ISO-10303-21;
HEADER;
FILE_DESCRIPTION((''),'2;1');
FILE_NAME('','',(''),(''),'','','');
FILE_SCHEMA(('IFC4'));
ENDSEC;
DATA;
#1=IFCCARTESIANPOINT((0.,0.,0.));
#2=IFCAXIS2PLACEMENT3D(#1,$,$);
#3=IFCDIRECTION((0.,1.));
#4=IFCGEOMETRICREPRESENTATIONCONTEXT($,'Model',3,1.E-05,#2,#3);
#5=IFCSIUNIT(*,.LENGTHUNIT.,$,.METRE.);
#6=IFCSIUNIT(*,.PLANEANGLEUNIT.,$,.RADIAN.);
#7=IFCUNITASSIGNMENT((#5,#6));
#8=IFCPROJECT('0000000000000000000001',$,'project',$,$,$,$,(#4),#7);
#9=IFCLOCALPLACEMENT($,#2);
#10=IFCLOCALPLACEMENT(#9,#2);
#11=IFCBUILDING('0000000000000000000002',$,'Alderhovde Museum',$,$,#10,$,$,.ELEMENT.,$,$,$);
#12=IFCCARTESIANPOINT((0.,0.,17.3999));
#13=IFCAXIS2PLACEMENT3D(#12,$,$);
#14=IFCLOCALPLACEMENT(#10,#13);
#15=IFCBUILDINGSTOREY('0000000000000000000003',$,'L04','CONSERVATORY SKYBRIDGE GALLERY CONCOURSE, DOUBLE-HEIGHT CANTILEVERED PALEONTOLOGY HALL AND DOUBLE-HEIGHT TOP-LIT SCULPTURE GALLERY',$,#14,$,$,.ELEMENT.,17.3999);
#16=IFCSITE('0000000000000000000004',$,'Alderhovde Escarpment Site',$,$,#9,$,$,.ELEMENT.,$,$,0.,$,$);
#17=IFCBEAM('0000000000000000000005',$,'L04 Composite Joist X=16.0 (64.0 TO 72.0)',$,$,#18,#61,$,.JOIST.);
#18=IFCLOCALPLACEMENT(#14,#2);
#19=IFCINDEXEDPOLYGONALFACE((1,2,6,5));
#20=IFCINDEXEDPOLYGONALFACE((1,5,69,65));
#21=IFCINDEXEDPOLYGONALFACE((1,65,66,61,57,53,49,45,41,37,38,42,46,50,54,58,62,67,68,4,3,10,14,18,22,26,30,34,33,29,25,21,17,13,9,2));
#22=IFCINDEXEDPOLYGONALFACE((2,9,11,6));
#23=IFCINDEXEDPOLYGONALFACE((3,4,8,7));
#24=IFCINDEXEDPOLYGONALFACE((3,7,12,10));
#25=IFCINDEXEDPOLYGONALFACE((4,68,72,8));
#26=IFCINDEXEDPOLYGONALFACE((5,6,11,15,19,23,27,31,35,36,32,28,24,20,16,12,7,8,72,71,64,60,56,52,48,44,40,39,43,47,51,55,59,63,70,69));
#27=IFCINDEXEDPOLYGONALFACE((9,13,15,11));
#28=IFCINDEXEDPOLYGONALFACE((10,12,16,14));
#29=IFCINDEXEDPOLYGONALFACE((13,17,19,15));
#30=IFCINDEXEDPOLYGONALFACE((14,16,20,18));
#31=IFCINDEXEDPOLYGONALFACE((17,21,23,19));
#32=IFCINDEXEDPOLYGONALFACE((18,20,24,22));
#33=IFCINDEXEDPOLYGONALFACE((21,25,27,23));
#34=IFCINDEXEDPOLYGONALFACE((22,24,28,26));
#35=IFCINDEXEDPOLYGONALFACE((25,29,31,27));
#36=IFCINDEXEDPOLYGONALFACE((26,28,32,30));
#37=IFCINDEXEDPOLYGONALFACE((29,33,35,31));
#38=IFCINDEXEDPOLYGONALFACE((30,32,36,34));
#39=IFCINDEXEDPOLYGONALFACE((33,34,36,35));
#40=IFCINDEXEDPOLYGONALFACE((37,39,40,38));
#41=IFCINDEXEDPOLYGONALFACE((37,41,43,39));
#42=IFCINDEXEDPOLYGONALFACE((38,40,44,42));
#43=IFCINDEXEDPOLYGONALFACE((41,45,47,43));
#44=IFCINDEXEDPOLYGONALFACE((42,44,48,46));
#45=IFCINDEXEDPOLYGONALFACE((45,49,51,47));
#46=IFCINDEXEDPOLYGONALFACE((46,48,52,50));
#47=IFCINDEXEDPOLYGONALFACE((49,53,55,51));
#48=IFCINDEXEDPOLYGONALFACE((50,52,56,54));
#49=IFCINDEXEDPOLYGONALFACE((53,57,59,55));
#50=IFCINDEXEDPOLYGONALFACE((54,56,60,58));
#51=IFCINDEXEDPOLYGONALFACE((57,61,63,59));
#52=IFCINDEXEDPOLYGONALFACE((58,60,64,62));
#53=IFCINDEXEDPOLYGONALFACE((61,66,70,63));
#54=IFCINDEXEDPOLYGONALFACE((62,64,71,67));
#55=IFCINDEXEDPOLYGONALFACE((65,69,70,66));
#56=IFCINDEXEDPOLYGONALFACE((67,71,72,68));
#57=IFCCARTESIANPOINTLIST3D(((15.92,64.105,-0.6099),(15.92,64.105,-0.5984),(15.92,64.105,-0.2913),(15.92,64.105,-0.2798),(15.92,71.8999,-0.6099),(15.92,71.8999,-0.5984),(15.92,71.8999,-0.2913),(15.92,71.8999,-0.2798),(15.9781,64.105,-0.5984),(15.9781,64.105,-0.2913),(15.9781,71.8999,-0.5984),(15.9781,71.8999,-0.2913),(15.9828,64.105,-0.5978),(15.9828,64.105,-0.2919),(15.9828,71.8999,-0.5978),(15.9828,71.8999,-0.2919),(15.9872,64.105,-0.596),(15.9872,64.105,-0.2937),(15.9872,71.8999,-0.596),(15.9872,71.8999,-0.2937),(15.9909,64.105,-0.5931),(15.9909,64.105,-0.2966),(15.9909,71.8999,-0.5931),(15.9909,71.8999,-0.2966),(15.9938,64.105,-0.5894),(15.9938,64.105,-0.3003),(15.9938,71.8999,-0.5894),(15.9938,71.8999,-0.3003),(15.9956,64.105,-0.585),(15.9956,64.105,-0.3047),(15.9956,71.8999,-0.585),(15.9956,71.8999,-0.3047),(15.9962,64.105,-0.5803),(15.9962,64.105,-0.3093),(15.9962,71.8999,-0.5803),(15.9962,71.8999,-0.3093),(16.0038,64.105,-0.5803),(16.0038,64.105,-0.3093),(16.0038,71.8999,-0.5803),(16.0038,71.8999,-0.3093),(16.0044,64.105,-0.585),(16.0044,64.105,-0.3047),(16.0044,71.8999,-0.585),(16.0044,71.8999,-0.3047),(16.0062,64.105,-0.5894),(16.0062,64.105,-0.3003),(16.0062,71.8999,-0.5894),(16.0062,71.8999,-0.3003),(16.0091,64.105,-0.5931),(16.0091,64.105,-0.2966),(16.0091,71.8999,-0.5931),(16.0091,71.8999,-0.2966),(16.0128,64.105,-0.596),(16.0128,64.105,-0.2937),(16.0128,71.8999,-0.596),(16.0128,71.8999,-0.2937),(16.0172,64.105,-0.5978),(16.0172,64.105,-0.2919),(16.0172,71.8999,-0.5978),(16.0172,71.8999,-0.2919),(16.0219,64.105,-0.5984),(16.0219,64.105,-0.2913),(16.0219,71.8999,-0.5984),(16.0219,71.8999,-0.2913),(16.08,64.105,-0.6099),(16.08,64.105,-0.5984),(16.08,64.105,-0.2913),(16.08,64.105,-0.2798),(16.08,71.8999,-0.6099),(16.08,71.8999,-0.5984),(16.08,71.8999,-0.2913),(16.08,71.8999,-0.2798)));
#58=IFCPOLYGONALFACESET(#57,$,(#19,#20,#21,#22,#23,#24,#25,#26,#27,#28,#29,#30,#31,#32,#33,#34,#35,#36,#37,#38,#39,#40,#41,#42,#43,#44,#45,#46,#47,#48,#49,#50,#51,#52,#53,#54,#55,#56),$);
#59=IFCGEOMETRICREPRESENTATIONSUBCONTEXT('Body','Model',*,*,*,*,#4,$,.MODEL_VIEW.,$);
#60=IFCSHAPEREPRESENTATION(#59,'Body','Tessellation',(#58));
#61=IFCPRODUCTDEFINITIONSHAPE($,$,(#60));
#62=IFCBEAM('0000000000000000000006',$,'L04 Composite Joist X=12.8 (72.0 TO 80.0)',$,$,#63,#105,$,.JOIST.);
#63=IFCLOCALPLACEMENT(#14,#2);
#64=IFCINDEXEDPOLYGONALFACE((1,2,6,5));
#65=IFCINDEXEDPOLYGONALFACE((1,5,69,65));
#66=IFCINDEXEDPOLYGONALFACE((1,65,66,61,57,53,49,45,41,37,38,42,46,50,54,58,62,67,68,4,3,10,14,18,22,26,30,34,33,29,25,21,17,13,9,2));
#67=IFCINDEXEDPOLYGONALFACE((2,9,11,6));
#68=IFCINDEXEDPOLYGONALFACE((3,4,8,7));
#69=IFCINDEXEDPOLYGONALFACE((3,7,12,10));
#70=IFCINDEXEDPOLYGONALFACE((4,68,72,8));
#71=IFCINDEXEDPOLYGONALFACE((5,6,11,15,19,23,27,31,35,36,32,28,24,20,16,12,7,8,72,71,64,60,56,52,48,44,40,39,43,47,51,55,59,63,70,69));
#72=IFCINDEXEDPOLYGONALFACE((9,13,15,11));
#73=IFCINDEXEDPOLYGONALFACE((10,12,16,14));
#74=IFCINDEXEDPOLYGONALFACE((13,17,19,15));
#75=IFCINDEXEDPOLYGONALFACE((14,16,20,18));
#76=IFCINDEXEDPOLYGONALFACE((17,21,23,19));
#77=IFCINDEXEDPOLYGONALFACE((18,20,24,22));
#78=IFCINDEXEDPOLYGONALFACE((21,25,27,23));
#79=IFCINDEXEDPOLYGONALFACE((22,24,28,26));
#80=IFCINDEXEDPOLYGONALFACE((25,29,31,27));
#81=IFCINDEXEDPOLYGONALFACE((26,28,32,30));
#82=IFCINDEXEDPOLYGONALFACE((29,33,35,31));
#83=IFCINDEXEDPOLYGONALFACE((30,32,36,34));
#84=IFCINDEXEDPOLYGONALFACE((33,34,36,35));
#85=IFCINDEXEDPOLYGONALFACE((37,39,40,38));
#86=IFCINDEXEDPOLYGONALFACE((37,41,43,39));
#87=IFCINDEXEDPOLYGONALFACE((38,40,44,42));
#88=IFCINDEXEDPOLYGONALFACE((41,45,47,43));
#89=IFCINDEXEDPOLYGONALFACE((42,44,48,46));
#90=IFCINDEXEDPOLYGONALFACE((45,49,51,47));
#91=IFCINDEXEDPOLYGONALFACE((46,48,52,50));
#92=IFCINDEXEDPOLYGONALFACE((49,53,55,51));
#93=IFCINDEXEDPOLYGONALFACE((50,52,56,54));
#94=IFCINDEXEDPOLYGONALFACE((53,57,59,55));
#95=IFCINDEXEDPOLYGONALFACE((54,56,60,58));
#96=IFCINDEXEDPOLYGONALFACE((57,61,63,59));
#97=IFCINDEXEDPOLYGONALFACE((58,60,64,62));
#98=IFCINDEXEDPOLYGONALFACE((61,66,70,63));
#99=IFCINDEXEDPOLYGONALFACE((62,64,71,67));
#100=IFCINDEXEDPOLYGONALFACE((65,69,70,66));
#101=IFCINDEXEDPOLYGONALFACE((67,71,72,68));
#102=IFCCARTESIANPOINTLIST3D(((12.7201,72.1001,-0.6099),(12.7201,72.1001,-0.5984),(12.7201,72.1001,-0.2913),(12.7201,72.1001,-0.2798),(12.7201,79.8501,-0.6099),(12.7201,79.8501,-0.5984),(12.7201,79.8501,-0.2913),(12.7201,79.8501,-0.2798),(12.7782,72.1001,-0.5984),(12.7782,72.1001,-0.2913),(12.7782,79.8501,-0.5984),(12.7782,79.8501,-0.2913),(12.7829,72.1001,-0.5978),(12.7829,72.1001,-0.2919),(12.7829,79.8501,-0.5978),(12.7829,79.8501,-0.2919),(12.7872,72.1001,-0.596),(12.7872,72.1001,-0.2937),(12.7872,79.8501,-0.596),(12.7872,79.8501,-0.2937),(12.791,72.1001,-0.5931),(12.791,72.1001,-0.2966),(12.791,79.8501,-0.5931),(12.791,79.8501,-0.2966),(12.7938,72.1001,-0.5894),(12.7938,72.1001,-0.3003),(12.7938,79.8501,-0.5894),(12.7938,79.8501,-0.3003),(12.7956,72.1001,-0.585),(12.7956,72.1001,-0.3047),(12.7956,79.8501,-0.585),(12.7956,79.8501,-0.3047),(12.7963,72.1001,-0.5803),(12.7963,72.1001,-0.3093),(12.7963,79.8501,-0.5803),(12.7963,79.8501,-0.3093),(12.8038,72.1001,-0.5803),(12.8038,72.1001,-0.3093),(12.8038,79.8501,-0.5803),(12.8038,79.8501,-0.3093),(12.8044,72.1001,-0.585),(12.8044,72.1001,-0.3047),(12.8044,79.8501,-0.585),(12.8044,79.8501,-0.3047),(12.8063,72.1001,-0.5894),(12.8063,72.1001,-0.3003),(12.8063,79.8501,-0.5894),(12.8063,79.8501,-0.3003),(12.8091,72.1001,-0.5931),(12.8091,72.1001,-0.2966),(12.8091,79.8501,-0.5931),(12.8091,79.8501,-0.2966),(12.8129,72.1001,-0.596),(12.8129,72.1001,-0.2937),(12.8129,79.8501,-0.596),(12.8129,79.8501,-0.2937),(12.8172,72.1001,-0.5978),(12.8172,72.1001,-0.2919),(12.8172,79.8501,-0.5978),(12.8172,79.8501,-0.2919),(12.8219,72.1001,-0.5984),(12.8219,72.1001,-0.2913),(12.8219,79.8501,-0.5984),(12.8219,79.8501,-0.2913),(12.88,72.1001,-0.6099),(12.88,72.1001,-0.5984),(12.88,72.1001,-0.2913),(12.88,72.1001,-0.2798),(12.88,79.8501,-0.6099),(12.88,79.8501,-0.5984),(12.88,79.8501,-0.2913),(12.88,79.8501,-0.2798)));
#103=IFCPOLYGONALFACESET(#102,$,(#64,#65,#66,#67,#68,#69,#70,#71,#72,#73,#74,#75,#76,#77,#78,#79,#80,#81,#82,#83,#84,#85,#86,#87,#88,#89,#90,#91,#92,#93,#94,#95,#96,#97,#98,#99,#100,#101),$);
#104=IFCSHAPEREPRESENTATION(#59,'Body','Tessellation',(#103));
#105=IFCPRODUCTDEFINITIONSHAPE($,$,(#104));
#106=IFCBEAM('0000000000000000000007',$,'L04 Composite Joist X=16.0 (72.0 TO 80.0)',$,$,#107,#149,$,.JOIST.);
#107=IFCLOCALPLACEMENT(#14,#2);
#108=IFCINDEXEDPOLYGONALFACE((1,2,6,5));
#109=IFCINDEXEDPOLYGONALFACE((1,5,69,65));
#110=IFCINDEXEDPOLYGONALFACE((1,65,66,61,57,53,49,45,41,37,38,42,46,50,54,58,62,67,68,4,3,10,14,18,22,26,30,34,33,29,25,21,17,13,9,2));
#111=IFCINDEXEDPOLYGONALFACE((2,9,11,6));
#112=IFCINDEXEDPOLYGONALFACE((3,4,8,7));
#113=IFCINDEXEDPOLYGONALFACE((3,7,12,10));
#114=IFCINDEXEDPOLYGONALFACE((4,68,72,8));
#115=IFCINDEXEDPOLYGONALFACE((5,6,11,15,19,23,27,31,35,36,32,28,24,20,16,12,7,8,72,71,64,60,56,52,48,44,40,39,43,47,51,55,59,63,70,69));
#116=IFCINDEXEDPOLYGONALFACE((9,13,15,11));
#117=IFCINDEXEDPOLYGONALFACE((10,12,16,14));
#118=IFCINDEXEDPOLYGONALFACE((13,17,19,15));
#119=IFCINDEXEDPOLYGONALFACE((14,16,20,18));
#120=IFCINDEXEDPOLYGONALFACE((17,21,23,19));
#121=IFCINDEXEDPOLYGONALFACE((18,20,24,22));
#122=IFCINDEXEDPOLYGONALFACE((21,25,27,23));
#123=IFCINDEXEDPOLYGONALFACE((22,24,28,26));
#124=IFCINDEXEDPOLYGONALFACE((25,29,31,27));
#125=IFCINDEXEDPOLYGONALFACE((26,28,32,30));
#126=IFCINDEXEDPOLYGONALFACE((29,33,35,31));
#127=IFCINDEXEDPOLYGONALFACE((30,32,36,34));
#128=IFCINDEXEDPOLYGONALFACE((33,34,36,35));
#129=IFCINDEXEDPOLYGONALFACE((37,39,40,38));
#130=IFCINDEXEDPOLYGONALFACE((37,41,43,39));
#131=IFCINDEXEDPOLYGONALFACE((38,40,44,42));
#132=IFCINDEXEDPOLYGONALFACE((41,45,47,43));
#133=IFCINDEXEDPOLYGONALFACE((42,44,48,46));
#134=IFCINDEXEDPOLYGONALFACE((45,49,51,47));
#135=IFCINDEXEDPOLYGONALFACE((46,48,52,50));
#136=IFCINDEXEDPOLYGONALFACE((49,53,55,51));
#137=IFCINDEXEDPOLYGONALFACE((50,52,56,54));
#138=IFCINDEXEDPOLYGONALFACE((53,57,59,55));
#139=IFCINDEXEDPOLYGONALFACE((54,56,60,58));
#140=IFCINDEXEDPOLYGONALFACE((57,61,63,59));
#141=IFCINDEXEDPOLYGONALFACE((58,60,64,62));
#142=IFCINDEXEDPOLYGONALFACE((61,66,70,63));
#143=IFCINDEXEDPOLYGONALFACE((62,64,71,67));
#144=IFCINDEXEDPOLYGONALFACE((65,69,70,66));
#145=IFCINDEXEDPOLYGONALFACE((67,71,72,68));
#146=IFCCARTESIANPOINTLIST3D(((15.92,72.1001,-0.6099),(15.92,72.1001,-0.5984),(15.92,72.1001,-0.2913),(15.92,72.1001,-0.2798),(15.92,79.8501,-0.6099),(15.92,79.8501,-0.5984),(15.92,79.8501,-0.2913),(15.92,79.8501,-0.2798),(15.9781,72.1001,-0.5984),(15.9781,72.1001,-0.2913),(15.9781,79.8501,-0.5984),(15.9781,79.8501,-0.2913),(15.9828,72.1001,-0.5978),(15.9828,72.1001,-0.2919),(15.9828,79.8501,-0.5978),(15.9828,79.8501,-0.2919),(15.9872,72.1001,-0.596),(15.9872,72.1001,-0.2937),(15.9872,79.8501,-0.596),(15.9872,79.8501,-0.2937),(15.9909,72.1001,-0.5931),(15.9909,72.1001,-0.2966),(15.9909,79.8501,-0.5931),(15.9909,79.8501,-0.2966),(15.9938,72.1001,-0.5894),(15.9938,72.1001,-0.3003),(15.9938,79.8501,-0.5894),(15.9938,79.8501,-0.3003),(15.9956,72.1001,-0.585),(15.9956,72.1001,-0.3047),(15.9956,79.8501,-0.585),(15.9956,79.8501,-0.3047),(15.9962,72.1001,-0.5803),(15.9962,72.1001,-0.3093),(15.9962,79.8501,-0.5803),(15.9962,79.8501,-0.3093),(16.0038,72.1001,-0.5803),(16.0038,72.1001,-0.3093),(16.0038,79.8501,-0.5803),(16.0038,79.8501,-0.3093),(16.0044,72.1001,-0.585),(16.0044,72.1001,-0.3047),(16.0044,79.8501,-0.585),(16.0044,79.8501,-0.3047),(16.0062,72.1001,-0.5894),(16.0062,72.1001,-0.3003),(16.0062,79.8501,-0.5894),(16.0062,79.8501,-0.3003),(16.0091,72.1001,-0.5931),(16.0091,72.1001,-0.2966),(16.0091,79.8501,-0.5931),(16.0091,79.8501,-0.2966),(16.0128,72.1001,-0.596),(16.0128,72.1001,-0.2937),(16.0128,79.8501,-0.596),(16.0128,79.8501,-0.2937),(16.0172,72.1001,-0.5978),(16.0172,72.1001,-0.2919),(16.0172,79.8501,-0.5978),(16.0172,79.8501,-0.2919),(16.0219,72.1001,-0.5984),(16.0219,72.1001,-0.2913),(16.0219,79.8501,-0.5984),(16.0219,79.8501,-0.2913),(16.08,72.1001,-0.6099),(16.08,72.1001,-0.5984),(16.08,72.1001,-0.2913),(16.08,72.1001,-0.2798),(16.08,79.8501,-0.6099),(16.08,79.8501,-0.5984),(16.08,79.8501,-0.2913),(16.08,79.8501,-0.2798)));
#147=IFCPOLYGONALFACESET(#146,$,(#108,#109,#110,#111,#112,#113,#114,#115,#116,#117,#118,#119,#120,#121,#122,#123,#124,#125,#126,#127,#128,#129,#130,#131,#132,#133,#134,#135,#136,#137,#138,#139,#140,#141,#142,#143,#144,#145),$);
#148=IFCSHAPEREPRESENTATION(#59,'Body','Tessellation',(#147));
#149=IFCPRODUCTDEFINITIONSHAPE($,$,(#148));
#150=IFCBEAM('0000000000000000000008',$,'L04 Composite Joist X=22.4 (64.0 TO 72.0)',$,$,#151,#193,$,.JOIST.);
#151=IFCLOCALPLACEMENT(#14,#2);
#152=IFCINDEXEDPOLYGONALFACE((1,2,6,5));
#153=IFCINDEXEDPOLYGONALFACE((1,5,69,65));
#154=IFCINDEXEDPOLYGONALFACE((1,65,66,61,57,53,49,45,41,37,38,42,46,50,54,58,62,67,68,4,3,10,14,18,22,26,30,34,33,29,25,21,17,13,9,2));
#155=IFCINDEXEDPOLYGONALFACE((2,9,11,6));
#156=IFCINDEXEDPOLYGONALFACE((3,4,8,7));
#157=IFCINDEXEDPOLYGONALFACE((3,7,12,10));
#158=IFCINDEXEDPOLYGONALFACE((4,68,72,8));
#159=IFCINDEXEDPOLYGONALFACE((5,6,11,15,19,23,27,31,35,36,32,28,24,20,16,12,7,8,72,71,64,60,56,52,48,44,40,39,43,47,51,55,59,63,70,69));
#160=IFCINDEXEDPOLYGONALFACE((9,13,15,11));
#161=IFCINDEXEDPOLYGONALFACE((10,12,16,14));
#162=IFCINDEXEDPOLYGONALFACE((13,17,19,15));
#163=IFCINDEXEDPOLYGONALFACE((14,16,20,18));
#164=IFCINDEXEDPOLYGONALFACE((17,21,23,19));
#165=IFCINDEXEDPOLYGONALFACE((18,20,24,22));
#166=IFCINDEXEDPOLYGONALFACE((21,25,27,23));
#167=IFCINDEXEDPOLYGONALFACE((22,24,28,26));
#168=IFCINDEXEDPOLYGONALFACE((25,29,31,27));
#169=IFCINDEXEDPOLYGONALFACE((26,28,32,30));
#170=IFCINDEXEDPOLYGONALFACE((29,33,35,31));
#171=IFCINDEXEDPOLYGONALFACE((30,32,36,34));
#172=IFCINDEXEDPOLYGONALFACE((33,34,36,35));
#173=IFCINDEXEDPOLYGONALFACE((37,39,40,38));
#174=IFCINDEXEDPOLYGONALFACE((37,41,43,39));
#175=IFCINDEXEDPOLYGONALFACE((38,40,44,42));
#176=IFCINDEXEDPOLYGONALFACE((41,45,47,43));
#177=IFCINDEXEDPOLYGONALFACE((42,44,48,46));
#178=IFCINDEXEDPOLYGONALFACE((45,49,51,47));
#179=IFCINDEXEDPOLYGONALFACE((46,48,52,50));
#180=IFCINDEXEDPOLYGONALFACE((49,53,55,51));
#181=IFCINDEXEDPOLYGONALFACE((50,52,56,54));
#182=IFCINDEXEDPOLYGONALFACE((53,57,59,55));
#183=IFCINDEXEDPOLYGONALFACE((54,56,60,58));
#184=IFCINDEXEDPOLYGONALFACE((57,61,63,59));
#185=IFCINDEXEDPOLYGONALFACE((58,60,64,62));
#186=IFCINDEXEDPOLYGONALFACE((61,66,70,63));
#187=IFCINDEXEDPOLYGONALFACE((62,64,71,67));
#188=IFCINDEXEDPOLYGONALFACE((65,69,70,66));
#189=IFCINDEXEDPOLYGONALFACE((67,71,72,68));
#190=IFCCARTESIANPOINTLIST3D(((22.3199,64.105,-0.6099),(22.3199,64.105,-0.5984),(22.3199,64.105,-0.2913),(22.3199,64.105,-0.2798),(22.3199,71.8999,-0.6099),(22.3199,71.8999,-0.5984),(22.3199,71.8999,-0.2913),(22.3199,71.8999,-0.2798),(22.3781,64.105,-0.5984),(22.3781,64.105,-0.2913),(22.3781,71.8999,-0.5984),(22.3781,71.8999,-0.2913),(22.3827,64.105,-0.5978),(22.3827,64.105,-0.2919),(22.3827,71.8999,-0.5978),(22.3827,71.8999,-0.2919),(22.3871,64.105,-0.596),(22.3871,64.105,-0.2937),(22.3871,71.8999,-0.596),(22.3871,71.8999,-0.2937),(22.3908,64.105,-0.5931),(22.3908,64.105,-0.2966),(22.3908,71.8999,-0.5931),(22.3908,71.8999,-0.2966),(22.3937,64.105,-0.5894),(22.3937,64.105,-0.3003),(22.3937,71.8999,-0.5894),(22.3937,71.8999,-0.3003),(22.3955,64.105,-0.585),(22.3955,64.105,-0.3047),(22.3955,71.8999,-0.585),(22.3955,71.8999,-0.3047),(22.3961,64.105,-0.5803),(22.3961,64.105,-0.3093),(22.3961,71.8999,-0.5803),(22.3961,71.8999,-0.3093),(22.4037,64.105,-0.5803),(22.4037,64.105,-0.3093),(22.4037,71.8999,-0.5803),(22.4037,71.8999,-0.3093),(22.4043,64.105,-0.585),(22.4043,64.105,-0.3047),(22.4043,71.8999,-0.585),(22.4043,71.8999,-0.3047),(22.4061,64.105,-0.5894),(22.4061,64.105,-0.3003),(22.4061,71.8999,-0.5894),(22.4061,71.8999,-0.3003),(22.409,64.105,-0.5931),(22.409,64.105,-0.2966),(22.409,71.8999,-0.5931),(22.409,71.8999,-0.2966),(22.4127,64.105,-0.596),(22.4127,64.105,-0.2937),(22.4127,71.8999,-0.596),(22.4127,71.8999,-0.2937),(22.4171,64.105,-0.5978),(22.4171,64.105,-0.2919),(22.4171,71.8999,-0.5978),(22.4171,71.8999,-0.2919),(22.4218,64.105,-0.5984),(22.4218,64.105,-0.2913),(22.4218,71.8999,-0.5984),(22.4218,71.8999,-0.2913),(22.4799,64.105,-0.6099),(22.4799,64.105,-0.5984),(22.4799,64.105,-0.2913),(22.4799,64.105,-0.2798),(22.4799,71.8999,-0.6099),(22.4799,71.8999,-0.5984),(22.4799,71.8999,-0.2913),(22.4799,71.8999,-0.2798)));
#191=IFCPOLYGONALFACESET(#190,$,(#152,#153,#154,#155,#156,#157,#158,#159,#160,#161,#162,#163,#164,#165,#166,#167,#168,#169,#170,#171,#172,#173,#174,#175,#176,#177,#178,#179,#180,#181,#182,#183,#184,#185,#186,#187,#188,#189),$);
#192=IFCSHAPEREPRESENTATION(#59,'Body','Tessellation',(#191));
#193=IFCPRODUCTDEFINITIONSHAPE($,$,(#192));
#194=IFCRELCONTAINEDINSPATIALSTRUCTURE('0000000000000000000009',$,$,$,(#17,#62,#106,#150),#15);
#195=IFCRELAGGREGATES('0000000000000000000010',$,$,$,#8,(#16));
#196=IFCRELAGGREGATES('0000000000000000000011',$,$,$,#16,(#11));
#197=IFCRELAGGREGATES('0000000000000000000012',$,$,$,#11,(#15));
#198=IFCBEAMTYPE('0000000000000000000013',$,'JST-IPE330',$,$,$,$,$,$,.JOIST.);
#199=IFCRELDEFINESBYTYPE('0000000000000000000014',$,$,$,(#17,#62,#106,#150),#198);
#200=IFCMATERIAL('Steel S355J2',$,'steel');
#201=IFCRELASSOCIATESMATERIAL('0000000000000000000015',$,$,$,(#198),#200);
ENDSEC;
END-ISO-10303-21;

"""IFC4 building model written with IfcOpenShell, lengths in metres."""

from ifc_helpers import new_model, si_unit, direction, frame, origin, origin_2d, place, context, subcontext, project, spatial, i_section, extrude, material, material_profile, profile_set, type_object, element, save


model = new_model("IFC4")

# Units and contexts
model_context = context("Model", 3, precision=1e-05, world=origin(), true_north=direction((0.0, 1.0)))
body_context = subcontext(model_context, "Body", "Model", "MODEL_VIEW")
ifc_project = project(units=[si_unit("LENGTHUNIT", "METRE"), si_unit("PLANEANGLEUNIT", "RADIAN")], contexts=[model_context])

# Site, building, storey
site_placement = place(None, origin())
site = spatial("IfcSite", under=ifc_project, at=site_placement, Name="Alderhovde Escarpment Site", CompositionType="ELEMENT", RefElevation=0.0)
building_placement = place(site_placement, origin())
building = spatial("IfcBuilding", under=site, at=building_placement, Name="Alderhovde Museum", CompositionType="ELEMENT")
storey_placement = place(building_placement, frame((0.0, 0.0, 17.3999)))
storey = spatial("IfcBuildingStorey", under=building, at=storey_placement, Name="L04", Description="CONSERVATORY SKYBRIDGE GALLERY CONCOURSE, DOUBLE-HEIGHT CANTILEVERED PALEONTOLOGY HALL AND DOUBLE-HEIGHT TOP-LIT SCULPTURE GALLERY", CompositionType="ELEMENT", Elevation=17.3999)

# Beams
ifc_material_1 = material(Name="Steel S355J2", Category="steel")
ifc_material_profile_1 = material_profile(ifc_material_1, i_section(OverallWidth=0.1599, OverallDepth=0.3301, WebThickness=0.0076, FlangeThickness=0.0115, FilletRadius=0.0181, at=origin_2d()), Name="IPE 330")
ifc_profile_set_1 = profile_set([ifc_material_profile_1], Name="Steel S355J2")
beam_type_1 = type_object("IfcBeamType", Name="JST-IPE330", PredefinedType="JOIST", material=ifc_profile_set_1)
beam_1_placement = place(storey_placement, frame((16.0, 64.105, -0.4448), z_axis=(0.0, 1.0, 0.0), x_axis=(-1.0, 0.0, 0.0)))
element("IfcBeam", 1, at=beam_1_placement, inside=storey, type_object=beam_type_1, Name="L04 Composite Joist X=16.0 (64.0 TO 72.0)", PredefinedType="JOIST", context=body_context, shape_type="SweptSolid", body=[
    extrude(i_section(OverallWidth=0.1599, OverallDepth=0.3301, WebThickness=0.0076, FlangeThickness=0.0115, FilletRadius=0.0181, at=origin_2d()), origin(), (0.0, 0.0, 1.0), 7.7949),
])
for number, where, z_axis, x_axis, name in (
    (2, (12.8, 72.1001, -0.4448), (0.0, 1.0, 0.0), (-1.0, 0.0, 0.0), "L04 Composite Joist X=12.8 (72.0 TO 80.0)"),
    (3, (16.0, 72.1001, -0.4448), (0.0, 1.0, 0.0), (-1.0, 0.0, 0.0), "L04 Composite Joist X=16.0 (72.0 TO 80.0)"),
):
    element("IfcBeam", number, at=place(storey_placement, frame(where, z_axis=z_axis, x_axis=x_axis)), inside=storey, type_object=beam_type_1, Name=name, PredefinedType="JOIST", context=body_context, shape_type="SweptSolid", body=[
        extrude(i_section(OverallWidth=0.1599, OverallDepth=0.3301, WebThickness=0.0076, FlangeThickness=0.0115, FilletRadius=0.0181, at=origin_2d()), origin(), (0.0, 0.0, 1.0), 7.75),
    ])
beam_2_placement = place(storey_placement, frame((22.3999, 64.105, -0.4448), z_axis=(0.0, 1.0, 0.0), x_axis=(-1.0, 0.0, 0.0)))
element("IfcBeam", 4, at=beam_2_placement, inside=storey, type_object=beam_type_1, Name="L04 Composite Joist X=22.4 (64.0 TO 72.0)", PredefinedType="JOIST", context=body_context, shape_type="SweptSolid", body=[
    extrude(i_section(OverallWidth=0.1599, OverallDepth=0.3301, WebThickness=0.0076, FlangeThickness=0.0115, FilletRadius=0.0181, at=origin_2d()), origin(), (0.0, 0.0, 1.0), 7.7949),
])

save(model, "model.ifc")
